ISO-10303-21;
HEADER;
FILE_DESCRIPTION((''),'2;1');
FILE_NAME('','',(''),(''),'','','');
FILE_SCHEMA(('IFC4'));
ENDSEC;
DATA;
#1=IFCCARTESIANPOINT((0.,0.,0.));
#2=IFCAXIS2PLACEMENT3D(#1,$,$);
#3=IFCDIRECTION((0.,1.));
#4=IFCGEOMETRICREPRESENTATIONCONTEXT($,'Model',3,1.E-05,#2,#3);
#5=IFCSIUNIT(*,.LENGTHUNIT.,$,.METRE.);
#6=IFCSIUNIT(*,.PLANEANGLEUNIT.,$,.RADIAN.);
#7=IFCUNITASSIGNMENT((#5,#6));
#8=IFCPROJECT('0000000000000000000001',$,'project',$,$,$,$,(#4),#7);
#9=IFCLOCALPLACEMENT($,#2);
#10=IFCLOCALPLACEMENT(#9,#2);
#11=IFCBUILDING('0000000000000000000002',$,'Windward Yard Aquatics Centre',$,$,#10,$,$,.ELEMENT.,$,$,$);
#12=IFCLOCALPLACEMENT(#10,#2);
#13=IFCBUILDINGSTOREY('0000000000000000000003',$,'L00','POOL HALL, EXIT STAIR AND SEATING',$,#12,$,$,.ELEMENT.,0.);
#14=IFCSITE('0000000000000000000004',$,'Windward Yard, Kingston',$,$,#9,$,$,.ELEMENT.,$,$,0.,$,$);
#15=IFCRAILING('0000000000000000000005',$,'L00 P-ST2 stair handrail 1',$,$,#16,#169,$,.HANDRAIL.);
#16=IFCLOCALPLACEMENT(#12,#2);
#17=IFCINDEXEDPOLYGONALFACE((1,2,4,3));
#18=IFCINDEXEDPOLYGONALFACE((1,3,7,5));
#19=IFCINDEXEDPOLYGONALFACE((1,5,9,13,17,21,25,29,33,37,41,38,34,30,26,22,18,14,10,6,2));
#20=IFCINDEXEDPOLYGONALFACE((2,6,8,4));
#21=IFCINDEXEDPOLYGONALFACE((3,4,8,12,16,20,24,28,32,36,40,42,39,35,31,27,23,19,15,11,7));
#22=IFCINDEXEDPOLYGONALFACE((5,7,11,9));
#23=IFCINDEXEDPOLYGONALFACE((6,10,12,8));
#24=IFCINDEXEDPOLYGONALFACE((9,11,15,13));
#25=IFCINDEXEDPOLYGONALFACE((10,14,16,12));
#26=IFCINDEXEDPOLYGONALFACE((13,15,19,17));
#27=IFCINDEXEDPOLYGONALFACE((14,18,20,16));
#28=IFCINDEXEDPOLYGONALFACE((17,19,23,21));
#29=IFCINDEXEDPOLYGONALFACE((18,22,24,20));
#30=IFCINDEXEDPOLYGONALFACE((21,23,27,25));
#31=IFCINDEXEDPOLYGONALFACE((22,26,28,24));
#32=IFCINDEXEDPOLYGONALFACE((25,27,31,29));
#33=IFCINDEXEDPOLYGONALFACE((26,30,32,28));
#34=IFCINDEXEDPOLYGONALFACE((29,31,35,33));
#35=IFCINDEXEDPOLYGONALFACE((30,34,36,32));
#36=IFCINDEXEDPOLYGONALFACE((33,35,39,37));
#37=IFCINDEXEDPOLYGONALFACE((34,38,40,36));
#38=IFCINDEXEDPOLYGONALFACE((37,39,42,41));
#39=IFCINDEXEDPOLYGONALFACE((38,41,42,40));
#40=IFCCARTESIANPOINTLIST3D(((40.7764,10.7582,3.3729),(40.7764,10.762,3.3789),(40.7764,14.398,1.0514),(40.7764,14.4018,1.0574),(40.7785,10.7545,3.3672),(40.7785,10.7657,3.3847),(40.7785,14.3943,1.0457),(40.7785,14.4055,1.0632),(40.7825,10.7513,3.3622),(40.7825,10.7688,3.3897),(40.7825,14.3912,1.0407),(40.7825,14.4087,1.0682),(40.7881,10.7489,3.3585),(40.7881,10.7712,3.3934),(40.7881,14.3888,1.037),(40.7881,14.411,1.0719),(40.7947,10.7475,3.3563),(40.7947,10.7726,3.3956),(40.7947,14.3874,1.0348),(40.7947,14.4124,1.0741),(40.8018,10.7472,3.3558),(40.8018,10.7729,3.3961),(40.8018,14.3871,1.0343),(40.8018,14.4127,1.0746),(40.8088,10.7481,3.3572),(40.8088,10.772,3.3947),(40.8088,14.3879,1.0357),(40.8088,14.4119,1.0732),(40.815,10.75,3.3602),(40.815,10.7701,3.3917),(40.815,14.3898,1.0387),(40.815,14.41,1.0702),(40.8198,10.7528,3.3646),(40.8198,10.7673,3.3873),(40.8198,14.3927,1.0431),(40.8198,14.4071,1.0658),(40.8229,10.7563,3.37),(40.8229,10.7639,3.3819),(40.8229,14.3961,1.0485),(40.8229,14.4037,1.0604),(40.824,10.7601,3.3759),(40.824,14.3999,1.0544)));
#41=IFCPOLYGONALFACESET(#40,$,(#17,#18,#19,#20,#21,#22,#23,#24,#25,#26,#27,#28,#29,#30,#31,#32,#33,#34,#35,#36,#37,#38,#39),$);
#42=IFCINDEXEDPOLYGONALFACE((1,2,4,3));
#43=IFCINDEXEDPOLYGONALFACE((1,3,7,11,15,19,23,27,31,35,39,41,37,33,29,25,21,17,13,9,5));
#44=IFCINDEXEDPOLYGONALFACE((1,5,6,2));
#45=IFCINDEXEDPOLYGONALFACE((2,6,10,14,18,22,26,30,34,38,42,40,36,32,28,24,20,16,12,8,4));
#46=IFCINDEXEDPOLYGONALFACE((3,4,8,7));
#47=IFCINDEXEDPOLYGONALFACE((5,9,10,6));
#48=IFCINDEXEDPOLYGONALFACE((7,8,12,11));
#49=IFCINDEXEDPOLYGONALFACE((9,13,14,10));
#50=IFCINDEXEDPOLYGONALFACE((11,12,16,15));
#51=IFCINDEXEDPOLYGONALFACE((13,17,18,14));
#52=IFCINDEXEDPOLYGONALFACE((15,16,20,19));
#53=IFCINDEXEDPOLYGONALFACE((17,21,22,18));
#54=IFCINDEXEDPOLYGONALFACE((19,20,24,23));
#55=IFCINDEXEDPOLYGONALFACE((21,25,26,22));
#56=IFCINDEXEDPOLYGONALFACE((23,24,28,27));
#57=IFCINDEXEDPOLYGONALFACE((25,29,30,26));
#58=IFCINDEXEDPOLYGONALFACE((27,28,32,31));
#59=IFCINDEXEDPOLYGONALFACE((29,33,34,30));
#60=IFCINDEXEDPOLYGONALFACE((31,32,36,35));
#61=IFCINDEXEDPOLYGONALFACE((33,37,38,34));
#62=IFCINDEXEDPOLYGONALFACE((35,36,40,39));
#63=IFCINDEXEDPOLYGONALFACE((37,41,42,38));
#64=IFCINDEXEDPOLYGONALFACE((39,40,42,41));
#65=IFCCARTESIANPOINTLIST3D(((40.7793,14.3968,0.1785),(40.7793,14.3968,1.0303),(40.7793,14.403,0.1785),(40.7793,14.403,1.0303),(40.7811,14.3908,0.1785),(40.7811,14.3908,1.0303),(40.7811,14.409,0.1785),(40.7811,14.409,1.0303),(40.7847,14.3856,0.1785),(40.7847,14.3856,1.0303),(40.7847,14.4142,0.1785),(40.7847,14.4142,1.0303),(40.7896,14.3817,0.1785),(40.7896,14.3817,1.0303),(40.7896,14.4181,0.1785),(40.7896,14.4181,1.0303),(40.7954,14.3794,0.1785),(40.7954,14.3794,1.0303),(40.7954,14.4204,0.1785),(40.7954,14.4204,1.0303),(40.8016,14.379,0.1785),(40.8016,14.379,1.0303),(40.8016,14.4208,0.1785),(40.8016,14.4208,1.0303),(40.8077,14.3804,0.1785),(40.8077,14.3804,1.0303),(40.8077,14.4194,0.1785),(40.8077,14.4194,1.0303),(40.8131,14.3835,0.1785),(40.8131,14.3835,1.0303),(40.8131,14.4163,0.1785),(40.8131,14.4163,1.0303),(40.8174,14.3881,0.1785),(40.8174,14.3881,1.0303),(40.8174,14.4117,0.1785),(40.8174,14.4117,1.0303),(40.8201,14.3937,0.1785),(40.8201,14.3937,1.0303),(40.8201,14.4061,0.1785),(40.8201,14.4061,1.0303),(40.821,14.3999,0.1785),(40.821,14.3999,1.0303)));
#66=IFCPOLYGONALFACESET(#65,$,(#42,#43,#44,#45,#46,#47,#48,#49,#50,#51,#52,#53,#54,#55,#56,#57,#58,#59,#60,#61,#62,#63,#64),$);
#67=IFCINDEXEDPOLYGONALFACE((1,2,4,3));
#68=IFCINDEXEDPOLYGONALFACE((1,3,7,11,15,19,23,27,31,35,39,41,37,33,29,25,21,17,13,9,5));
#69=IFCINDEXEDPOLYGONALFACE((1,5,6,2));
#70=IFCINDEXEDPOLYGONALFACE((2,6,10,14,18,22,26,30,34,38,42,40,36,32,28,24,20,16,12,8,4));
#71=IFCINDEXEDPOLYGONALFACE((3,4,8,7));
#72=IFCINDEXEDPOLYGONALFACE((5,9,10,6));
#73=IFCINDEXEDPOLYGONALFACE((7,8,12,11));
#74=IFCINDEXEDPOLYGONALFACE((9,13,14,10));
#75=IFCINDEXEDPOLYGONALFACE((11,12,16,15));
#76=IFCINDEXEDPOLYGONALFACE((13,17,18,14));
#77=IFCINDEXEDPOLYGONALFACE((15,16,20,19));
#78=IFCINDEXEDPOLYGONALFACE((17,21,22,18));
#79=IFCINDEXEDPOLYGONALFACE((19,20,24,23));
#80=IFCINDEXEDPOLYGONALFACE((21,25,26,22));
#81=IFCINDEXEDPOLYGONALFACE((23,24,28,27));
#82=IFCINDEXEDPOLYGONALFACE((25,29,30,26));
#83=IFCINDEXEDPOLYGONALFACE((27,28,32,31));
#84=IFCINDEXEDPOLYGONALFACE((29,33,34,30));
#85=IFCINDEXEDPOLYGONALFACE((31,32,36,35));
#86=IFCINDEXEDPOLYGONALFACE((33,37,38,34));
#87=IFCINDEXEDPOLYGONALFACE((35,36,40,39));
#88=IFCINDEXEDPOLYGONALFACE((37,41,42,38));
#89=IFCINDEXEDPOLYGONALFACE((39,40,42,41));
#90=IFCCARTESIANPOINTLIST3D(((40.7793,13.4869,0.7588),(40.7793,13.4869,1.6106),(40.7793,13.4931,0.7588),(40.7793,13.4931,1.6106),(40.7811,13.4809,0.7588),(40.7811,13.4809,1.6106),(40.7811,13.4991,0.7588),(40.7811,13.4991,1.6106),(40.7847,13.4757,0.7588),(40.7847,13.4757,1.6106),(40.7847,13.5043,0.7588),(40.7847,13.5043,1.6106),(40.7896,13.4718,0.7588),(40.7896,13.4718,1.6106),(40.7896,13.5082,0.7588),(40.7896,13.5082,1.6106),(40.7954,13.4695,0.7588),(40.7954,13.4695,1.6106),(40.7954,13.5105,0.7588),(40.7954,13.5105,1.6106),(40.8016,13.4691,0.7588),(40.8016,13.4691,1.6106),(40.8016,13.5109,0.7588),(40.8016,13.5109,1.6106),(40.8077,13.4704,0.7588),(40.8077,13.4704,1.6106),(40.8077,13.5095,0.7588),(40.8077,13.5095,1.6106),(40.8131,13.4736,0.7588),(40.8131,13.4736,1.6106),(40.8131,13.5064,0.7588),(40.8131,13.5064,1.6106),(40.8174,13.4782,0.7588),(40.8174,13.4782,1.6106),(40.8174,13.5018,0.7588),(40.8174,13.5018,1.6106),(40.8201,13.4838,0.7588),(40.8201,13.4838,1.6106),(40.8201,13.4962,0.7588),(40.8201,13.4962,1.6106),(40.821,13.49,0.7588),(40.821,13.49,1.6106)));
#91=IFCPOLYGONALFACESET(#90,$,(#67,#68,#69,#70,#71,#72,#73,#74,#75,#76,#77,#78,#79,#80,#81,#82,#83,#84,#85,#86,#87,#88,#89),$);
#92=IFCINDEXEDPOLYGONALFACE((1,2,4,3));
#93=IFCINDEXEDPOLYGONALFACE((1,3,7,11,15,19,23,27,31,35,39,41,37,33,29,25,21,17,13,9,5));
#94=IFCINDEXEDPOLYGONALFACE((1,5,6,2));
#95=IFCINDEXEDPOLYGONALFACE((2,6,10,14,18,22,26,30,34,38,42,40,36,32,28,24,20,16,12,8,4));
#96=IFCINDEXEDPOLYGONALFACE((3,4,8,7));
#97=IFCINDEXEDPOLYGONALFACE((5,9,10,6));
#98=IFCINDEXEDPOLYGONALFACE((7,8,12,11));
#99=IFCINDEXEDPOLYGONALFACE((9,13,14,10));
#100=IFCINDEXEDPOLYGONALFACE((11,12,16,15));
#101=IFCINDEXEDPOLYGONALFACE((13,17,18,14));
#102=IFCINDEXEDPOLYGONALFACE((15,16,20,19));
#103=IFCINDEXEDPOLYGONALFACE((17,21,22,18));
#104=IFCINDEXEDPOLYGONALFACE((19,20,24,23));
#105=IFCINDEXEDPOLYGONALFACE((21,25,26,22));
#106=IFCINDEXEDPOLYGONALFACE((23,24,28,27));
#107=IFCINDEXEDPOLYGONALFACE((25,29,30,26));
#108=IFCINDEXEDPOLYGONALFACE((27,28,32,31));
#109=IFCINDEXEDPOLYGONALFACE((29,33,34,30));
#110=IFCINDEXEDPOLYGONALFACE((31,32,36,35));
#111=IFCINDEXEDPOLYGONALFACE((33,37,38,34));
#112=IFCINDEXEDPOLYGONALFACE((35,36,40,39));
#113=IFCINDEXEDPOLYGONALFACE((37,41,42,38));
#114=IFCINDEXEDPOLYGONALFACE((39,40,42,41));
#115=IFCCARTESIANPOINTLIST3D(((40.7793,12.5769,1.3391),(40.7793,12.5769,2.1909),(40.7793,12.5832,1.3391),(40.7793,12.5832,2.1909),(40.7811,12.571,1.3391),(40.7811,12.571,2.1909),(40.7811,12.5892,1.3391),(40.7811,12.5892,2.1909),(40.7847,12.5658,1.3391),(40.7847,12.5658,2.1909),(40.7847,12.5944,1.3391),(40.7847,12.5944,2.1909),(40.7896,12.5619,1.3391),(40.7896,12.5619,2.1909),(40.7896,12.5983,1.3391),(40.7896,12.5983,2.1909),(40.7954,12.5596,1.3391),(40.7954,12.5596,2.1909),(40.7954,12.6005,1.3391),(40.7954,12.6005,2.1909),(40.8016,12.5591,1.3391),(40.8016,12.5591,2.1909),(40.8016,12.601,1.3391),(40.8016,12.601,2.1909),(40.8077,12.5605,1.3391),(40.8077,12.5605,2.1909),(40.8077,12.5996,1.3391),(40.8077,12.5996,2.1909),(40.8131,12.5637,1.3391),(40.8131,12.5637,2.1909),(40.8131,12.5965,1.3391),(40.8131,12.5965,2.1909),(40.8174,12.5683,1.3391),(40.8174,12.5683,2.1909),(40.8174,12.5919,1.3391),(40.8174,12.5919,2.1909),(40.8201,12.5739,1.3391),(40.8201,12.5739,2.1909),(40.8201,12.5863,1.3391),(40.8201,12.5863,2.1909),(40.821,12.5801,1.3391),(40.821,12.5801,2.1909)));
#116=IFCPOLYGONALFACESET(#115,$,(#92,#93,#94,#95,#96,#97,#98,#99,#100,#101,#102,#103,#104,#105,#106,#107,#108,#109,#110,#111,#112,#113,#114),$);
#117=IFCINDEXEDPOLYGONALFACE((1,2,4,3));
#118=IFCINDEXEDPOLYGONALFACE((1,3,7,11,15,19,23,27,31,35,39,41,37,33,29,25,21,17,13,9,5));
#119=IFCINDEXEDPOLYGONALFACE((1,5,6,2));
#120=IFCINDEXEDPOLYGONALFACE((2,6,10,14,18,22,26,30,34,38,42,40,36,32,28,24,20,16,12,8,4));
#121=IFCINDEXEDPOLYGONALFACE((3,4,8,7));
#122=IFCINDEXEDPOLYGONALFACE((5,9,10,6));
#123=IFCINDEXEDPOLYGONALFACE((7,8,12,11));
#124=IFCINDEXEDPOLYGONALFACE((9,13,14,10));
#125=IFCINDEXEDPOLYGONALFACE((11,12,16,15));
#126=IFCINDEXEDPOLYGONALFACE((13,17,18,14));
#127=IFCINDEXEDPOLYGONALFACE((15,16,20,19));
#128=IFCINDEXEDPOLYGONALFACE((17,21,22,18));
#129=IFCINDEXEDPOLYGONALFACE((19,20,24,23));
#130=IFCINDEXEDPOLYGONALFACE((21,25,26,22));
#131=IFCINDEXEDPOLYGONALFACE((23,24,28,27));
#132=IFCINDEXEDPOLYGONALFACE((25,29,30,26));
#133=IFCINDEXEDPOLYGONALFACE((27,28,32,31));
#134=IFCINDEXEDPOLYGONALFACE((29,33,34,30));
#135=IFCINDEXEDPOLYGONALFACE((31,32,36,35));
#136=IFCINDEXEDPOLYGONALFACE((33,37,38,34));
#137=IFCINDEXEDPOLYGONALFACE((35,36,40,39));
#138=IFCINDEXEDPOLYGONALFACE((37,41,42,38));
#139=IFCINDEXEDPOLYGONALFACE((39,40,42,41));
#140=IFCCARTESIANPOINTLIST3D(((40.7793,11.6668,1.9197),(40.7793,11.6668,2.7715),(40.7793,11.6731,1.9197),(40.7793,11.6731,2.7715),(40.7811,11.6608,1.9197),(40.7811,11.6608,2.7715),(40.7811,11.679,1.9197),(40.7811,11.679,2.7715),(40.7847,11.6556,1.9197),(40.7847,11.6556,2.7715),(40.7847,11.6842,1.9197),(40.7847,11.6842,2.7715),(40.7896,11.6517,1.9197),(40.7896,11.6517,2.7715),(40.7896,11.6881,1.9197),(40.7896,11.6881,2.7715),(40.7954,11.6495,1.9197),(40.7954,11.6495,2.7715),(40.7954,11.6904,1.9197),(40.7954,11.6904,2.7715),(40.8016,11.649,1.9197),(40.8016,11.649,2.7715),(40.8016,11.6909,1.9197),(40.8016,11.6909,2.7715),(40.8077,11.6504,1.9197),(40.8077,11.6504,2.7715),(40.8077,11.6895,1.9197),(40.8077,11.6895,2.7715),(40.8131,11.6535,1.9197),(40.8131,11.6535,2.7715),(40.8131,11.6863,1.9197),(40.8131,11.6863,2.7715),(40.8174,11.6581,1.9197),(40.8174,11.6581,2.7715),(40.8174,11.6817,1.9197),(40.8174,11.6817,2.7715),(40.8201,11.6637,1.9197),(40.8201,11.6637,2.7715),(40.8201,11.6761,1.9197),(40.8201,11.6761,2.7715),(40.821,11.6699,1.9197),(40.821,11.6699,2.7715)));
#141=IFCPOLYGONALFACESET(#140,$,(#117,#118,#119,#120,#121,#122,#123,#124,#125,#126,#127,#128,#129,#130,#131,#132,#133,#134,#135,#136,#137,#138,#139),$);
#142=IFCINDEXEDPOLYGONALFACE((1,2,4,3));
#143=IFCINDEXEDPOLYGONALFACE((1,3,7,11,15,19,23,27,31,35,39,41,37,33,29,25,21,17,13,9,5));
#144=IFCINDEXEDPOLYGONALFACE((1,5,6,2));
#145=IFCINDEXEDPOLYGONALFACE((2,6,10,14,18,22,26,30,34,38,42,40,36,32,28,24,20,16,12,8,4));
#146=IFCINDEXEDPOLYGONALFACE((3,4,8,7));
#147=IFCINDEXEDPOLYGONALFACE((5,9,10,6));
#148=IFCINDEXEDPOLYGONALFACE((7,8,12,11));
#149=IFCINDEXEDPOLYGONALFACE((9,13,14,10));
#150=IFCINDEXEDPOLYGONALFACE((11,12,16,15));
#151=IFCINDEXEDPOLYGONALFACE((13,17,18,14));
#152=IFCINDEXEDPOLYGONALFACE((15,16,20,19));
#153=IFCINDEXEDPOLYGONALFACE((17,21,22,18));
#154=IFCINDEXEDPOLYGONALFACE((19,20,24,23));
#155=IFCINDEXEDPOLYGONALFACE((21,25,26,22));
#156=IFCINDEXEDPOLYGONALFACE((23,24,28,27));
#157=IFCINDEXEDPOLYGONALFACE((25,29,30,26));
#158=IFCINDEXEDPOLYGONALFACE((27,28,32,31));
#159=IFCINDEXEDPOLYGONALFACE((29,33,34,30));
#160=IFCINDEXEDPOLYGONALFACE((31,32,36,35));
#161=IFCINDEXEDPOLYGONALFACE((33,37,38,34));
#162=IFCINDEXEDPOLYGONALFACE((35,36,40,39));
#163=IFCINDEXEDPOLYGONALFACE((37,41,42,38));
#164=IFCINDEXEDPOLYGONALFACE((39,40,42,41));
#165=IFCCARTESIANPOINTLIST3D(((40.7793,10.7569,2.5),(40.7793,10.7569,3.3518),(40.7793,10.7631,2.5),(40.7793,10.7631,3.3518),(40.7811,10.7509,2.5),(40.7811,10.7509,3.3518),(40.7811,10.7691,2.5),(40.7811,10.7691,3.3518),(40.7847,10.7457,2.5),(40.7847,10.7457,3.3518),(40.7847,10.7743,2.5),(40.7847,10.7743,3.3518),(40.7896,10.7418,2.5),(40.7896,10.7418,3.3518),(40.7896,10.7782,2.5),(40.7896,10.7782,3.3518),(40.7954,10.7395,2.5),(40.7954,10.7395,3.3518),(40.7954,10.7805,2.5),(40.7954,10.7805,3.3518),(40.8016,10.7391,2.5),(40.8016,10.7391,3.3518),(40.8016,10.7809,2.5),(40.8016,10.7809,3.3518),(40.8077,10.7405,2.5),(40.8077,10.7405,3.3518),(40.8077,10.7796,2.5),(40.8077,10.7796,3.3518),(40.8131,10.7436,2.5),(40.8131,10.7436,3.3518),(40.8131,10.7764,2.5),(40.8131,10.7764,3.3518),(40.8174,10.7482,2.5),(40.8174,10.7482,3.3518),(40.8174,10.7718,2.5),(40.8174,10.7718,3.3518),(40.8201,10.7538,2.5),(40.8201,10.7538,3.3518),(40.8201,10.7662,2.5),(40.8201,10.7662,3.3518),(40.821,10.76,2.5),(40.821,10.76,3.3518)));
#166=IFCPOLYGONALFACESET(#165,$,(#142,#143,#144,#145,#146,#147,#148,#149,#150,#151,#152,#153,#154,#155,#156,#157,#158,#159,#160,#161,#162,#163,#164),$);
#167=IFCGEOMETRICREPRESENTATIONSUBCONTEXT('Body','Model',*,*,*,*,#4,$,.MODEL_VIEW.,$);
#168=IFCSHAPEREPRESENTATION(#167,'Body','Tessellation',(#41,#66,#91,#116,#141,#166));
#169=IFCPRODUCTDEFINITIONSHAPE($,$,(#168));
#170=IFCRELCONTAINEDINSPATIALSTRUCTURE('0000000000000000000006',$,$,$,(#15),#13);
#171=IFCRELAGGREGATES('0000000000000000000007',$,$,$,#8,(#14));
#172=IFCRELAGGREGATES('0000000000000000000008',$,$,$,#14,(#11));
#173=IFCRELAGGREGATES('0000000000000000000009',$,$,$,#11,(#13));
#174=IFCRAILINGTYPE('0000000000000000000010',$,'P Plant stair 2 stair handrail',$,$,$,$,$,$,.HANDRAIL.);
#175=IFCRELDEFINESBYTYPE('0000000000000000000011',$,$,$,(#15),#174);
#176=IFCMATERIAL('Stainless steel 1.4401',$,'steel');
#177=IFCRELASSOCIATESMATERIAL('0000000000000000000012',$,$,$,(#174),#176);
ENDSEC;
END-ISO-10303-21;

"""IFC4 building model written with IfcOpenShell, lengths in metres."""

from ifc_helpers import new_model, si_unit, direction, frame, origin, origin_2d, place, context, subcontext, project, spatial, circle, extrude, material, type_object, element, save


model = new_model("IFC4")

# Units and contexts
model_context = context("Model", 3, precision=1e-05, world=origin(), true_north=direction((0.0, 1.0)))
body_context = subcontext(model_context, "Body", "Model", "MODEL_VIEW")
ifc_project = project(units=[si_unit("LENGTHUNIT", "METRE"), si_unit("PLANEANGLEUNIT", "RADIAN")], contexts=[model_context])

# Site, building, storey
site_placement = place(None, origin())
site = spatial("IfcSite", under=ifc_project, at=site_placement, Name="Windward Yard, Kingston", CompositionType="ELEMENT", RefElevation=0.0)
building_placement = place(site_placement, origin())
building = spatial("IfcBuilding", under=site, at=building_placement, Name="Windward Yard Aquatics Centre", CompositionType="ELEMENT")
storey_placement = place(building_placement, origin())
storey = spatial("IfcBuildingStorey", under=building, at=storey_placement, Name="L00", Description="POOL HALL, EXIT STAIR AND SEATING", CompositionType="ELEMENT", Elevation=0.0)

# Railing
ifc_material_1 = material(Name="Stainless steel 1.4401", Category="steel")
railing_type = type_object("IfcRailingType", Name="P Plant stair 2 stair handrail", PredefinedType="HANDRAIL", material=ifc_material_1)
railing_placement = place(storey_placement, frame((40.8, 14.3999, 0.1785)))
element("IfcRailing", 1, at=railing_placement, inside=storey, type_object=railing_type, Name="L00 P-ST2 stair handrail 1", PredefinedType="HANDRAIL", context=body_context, shape_type="SweptSolid", body=[
    extrude(circle(Radius=0.0239, at=origin_2d()), frame((0.0, 0.0, 0.876), z_axis=(0.0, -0.843112, 0.537739), x_axis=(1.0, 0.0, 0.0)), (0.0, 0.0, 1.0), 4.3171),
    extrude(circle(Radius=0.021, at=origin_2d()), origin(), (0.0, 0.0, 1.0), 0.8518),
    extrude(circle(Radius=0.021, at=origin_2d()), frame((0.0, -0.9099, 0.5803)), (0.0, 0.0, 1.0), 0.8518),
    extrude(circle(Radius=0.021, at=origin_2d()), frame((0.0, -1.8198, 1.1606)), (0.0, 0.0, 1.0), 0.8518),
    extrude(circle(Radius=0.021, at=origin_2d()), frame((0.0, -2.73, 1.7412)), (0.0, 0.0, 1.0), 0.8518),
    extrude(circle(Radius=0.021, at=origin_2d()), frame((0.0, -3.6399, 2.3215)), (0.0, 0.0, 1.0), 0.8518),
])

save(model, "model.ifc")
